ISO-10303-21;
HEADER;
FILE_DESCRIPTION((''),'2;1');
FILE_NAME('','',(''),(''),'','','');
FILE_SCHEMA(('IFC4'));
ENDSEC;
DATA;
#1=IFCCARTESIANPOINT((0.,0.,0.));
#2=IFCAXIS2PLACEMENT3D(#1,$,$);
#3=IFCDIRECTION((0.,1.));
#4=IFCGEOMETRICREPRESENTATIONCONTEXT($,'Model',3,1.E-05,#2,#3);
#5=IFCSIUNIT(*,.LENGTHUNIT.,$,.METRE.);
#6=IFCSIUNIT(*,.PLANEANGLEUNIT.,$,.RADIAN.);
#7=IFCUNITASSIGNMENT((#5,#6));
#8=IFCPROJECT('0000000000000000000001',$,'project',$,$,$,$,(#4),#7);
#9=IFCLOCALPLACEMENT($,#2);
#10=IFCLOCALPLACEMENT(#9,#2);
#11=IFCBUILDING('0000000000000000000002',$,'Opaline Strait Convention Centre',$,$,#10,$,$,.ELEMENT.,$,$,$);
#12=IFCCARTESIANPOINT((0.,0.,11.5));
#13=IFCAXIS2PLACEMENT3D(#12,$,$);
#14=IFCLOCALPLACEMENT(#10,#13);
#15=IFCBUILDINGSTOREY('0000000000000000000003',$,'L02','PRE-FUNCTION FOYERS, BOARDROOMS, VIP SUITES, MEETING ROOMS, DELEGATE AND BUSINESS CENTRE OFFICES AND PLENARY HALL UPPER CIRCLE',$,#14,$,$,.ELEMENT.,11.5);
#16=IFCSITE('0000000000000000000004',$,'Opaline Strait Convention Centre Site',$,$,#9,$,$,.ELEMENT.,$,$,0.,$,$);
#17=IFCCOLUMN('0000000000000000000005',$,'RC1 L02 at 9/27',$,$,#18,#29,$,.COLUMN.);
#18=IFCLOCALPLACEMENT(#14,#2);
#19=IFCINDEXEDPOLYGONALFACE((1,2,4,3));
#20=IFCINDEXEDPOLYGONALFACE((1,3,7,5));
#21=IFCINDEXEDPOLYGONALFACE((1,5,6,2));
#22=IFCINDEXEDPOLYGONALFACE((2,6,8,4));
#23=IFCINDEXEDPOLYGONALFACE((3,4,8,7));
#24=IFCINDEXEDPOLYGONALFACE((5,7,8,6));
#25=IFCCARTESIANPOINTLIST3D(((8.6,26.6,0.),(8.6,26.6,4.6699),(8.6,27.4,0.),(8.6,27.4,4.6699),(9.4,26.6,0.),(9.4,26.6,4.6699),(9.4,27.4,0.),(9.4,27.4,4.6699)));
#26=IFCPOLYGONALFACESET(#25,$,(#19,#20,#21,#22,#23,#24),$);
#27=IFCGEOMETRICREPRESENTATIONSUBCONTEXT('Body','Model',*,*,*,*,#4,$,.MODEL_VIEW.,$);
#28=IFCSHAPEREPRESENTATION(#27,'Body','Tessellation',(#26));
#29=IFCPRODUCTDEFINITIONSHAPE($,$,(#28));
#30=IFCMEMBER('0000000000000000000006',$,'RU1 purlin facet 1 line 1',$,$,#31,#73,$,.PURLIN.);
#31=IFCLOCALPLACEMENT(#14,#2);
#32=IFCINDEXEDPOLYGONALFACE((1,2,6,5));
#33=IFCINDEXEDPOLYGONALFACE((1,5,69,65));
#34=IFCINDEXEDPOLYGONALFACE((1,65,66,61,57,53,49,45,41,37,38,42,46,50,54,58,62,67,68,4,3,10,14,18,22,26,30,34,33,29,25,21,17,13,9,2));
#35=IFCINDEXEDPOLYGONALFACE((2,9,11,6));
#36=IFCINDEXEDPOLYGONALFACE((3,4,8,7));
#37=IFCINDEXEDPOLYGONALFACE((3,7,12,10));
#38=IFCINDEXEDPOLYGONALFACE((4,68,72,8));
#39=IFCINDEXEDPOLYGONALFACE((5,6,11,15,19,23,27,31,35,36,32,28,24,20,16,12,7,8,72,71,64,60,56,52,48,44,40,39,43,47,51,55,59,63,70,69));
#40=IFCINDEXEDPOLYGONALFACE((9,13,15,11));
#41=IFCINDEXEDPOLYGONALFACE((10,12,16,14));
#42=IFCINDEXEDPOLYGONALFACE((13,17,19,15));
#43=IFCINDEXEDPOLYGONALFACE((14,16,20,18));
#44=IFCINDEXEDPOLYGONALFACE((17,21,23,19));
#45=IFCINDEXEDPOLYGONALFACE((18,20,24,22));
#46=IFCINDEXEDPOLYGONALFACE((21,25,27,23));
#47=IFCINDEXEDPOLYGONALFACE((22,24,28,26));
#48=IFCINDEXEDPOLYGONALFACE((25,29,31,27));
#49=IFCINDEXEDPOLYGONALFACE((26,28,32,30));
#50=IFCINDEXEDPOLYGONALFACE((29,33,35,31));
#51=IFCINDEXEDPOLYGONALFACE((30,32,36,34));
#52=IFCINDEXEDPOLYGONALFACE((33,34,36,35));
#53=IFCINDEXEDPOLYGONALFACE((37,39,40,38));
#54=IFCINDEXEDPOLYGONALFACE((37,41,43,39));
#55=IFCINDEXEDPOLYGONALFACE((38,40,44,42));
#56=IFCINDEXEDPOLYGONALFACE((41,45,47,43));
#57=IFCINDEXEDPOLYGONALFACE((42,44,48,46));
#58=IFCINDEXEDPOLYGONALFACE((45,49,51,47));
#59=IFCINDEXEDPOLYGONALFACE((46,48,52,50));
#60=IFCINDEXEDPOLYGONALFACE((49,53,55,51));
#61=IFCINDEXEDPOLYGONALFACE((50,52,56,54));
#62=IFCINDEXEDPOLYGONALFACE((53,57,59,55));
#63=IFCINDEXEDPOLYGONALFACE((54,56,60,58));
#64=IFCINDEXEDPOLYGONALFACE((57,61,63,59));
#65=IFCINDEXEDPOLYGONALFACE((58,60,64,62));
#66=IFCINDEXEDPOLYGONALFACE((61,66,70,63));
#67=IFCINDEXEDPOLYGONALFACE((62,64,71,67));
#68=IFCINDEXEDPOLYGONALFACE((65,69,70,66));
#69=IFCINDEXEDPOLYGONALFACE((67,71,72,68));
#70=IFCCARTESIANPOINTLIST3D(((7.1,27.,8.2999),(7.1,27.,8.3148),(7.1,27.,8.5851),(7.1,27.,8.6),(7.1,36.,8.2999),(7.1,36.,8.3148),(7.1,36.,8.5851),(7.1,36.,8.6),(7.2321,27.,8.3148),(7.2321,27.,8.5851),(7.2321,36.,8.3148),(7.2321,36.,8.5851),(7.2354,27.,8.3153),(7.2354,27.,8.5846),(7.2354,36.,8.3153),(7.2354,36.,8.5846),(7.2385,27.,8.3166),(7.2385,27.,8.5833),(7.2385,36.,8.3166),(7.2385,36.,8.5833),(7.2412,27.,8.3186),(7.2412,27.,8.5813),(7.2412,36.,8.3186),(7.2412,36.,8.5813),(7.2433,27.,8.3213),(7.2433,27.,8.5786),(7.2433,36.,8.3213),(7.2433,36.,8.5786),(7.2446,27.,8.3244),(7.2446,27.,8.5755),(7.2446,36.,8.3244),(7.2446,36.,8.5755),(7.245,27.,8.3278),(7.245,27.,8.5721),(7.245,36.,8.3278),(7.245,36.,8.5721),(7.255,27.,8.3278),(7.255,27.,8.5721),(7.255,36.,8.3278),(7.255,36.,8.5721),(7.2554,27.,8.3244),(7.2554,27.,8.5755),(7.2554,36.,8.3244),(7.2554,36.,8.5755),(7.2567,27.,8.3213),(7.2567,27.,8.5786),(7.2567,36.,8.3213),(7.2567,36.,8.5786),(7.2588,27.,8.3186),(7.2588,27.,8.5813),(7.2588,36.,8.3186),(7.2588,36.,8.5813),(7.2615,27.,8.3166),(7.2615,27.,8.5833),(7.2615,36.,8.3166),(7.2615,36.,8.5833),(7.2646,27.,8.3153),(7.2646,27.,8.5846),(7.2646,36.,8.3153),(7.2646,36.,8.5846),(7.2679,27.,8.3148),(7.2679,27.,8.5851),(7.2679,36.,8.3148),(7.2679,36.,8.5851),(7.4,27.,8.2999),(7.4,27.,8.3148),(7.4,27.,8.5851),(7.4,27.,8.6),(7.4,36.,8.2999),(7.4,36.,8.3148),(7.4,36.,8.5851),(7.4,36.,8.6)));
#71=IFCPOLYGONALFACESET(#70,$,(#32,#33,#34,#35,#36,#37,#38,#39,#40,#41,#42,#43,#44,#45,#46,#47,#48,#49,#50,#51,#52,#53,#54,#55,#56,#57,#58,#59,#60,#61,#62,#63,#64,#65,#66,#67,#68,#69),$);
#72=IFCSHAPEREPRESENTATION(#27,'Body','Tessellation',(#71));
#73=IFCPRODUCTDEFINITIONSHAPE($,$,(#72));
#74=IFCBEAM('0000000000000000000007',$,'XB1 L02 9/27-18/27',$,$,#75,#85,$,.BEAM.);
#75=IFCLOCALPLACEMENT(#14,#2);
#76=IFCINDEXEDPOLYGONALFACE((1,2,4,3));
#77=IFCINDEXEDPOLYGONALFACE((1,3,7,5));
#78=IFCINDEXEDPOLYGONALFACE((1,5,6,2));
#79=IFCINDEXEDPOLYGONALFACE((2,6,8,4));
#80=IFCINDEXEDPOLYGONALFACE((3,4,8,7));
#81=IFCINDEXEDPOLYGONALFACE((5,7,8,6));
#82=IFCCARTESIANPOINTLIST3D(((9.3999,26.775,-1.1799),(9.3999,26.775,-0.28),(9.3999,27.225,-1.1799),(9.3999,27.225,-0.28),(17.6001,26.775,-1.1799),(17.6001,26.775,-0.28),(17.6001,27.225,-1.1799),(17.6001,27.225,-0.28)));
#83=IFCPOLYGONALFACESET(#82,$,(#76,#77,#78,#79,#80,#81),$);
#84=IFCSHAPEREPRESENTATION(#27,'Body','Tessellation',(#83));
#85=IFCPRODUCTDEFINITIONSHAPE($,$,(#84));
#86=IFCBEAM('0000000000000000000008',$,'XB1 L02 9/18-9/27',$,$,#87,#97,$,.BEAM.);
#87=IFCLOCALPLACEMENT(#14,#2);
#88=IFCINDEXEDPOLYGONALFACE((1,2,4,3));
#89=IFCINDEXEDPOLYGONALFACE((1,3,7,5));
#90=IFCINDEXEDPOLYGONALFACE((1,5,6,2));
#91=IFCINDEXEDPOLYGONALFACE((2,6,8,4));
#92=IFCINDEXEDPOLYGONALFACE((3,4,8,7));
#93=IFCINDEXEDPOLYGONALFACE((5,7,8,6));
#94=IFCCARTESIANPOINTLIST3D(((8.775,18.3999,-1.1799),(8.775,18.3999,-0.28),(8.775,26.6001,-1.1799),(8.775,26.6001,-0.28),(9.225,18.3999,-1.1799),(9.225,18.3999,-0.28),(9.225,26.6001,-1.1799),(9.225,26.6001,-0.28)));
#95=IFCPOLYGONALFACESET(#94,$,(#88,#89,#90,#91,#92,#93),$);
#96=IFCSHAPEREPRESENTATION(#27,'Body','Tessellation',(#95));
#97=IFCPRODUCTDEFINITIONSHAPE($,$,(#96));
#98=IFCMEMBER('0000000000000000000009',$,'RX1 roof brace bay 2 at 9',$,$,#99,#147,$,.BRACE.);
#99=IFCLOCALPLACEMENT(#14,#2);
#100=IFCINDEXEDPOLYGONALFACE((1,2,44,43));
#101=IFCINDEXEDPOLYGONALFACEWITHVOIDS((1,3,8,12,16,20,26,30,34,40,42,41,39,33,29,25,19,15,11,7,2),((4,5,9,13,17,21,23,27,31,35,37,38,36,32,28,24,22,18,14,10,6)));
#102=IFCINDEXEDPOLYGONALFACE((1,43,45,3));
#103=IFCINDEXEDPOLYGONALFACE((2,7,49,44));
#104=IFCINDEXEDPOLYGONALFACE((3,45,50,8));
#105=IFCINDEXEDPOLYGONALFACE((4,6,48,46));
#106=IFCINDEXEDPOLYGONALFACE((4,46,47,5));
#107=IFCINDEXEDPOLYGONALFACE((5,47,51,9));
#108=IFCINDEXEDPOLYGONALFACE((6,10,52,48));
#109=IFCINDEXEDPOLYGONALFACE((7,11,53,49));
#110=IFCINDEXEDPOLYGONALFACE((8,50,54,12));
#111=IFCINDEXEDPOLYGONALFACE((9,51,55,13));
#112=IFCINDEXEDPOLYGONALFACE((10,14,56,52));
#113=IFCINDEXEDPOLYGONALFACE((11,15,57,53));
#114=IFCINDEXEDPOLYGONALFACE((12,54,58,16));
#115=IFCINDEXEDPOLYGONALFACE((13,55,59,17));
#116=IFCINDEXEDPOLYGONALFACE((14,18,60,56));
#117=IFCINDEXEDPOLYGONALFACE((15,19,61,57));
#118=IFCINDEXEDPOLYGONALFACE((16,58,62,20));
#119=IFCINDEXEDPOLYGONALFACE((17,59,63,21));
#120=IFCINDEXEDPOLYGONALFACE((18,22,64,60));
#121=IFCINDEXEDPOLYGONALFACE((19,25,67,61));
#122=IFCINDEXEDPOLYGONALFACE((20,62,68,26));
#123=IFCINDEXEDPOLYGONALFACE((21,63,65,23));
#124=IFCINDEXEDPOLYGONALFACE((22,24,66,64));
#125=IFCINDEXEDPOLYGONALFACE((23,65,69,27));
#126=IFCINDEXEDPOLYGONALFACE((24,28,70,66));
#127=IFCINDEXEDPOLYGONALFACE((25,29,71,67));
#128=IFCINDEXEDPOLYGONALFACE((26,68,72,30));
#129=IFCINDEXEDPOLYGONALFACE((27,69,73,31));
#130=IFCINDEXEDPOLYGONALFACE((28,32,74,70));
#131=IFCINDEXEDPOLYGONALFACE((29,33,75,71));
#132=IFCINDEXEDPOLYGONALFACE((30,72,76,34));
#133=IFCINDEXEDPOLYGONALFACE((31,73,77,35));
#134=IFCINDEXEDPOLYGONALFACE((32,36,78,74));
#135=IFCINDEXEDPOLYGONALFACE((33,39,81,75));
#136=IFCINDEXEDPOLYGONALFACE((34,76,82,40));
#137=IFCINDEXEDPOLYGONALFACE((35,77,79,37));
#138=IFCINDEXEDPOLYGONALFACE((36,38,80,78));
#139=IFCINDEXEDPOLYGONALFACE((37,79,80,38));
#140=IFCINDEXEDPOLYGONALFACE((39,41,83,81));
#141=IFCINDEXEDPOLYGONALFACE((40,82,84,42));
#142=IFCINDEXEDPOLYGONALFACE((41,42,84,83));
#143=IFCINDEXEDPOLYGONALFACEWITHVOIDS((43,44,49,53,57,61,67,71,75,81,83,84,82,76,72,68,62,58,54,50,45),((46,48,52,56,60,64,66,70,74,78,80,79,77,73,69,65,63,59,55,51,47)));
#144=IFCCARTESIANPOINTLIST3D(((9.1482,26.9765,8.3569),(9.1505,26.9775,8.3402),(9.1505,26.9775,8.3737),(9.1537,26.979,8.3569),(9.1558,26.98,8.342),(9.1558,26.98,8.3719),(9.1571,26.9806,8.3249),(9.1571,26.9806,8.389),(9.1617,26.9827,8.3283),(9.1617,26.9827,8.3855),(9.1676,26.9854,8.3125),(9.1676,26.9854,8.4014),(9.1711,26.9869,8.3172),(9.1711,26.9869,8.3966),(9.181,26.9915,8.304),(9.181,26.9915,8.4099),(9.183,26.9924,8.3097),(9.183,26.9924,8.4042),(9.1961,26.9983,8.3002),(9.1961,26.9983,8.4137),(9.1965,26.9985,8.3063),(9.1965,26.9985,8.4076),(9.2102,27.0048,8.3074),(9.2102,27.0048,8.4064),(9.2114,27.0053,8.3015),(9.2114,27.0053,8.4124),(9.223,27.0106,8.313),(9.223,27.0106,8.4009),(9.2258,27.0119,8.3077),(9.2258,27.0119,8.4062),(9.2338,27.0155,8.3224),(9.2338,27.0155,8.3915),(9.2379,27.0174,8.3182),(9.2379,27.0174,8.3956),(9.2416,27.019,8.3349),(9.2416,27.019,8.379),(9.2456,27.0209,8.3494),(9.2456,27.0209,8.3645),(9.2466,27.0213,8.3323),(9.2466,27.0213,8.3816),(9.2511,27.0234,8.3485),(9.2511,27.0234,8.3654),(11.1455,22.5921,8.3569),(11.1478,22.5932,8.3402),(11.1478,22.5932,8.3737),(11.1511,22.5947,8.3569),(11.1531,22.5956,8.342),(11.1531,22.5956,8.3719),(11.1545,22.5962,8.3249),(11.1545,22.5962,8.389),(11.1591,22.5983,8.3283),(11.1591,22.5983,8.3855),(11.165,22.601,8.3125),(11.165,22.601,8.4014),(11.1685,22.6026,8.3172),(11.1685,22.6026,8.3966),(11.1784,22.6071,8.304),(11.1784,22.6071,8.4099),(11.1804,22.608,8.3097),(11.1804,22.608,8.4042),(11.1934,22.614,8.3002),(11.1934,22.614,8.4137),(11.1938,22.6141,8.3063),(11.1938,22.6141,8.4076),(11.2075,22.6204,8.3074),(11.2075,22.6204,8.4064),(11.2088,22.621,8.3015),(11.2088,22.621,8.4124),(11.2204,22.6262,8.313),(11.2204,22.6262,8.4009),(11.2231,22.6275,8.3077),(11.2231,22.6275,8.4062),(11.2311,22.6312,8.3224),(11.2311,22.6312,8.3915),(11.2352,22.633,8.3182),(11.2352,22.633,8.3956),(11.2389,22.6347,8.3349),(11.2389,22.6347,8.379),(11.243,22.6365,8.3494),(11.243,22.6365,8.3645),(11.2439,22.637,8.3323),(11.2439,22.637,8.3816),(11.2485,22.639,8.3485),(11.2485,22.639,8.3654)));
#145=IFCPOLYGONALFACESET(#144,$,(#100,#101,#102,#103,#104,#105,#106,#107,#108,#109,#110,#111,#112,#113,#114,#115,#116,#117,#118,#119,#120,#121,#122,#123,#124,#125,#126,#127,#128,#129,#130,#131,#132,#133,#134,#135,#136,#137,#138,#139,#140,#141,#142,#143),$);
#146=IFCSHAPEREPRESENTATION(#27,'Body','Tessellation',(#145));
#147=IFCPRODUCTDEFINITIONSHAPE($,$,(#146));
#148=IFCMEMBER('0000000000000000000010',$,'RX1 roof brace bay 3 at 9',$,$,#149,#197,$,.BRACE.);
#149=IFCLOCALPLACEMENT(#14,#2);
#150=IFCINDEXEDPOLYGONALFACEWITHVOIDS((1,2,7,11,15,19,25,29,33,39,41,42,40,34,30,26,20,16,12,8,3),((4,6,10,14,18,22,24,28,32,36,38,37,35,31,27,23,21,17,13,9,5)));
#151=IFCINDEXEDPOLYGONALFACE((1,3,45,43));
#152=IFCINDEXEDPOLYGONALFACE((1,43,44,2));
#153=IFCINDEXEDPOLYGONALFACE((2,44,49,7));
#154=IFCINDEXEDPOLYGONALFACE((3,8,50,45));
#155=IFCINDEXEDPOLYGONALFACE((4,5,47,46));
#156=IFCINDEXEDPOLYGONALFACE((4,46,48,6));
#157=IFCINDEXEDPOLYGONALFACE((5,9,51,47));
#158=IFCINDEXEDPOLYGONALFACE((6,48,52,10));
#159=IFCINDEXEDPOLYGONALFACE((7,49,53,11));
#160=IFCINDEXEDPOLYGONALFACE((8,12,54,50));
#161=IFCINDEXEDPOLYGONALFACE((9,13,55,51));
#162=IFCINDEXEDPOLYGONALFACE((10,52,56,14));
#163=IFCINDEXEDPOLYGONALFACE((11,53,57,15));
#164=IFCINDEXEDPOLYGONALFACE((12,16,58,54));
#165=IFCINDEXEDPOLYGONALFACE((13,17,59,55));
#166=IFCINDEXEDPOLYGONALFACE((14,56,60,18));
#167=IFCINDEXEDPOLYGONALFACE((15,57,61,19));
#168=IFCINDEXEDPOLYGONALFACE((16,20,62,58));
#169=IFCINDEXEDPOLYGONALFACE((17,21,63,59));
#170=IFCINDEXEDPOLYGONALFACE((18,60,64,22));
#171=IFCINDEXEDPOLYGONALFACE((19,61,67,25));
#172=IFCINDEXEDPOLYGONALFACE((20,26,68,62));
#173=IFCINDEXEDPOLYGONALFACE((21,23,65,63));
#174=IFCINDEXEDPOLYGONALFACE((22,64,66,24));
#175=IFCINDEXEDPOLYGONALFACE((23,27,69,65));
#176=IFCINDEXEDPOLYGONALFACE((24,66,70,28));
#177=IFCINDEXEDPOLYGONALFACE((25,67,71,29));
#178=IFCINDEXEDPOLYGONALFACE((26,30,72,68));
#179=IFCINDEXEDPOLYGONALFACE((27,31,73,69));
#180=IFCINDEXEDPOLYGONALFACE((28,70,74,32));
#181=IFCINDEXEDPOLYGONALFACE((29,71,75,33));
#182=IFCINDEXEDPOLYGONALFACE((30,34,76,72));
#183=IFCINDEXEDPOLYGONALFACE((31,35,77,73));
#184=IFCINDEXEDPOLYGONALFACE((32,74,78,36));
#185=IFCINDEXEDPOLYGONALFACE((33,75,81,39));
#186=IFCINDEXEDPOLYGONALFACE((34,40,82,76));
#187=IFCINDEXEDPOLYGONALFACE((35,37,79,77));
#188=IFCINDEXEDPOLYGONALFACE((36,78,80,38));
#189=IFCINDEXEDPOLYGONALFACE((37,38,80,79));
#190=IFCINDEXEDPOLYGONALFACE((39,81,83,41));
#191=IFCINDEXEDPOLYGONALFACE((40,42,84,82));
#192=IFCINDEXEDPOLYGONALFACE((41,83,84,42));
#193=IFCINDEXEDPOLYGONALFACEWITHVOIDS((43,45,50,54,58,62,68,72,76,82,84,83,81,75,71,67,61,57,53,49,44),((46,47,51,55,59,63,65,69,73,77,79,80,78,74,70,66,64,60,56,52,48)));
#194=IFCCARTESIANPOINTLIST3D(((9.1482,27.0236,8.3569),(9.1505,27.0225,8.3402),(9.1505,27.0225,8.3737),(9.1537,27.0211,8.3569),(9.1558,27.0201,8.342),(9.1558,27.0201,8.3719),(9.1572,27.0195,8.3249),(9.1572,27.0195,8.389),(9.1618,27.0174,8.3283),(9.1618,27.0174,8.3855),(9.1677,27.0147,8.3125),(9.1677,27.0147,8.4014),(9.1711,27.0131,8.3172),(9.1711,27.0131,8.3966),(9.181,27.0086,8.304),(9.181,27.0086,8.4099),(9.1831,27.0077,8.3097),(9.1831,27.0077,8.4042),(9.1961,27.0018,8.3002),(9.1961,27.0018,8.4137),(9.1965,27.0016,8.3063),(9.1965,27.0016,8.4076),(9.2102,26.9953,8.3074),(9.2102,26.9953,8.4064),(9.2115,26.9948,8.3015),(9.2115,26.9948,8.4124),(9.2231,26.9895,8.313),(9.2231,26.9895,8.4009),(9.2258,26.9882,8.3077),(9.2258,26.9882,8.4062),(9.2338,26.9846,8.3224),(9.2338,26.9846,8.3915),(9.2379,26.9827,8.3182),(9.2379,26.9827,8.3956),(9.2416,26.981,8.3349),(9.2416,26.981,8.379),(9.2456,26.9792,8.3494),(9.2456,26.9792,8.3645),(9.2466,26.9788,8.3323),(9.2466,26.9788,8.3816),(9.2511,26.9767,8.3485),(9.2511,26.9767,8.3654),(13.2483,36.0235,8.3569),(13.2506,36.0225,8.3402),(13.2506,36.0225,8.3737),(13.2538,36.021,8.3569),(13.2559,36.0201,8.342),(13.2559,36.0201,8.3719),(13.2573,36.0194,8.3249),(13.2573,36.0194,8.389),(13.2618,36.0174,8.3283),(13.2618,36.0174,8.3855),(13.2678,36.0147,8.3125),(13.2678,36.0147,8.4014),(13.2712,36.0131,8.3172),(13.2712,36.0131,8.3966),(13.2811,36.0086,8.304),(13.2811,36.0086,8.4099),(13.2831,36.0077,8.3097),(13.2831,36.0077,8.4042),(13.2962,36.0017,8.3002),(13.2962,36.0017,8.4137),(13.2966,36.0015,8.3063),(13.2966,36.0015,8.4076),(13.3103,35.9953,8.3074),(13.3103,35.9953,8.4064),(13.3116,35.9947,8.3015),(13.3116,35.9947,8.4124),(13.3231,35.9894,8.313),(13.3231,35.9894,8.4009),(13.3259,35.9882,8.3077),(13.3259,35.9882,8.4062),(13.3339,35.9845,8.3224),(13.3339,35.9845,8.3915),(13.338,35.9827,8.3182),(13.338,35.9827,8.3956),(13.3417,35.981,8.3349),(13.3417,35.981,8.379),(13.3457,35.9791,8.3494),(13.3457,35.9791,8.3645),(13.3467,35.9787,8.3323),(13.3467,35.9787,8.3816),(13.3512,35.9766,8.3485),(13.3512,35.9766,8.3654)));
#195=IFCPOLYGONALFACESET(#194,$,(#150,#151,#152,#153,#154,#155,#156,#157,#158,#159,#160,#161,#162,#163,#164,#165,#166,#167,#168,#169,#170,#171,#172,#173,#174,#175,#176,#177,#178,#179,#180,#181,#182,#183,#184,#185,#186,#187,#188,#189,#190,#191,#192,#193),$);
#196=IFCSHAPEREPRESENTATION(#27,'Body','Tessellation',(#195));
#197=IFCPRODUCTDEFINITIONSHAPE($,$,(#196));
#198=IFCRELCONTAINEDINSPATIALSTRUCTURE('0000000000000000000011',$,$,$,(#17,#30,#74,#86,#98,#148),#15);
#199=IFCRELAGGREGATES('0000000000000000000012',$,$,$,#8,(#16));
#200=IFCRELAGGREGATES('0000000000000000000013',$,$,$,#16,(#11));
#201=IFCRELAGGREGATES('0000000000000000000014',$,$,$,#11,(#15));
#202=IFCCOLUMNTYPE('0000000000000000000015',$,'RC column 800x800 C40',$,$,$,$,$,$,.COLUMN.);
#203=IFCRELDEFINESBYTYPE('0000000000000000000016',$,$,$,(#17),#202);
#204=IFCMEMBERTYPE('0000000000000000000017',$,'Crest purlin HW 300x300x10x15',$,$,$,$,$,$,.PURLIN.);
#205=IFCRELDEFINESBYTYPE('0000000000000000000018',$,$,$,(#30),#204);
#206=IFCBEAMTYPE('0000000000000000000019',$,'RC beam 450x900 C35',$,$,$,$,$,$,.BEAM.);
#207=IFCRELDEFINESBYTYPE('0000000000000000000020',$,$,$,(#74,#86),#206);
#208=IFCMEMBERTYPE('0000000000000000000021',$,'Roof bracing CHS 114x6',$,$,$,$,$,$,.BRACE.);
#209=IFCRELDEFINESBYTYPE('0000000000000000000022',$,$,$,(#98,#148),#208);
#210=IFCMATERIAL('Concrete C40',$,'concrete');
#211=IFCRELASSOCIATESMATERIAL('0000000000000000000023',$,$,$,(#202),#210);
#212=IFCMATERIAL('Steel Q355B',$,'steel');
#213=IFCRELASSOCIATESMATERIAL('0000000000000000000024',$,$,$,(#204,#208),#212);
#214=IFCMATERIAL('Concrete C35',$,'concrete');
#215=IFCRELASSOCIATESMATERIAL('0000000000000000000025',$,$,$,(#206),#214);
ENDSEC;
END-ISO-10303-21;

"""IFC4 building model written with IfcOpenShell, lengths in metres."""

from ifc_helpers import new_model, si_unit, direction, frame, origin, origin_2d, place, context, subcontext, project, spatial, rectangle, hollow_circle, i_section, extrude, material, material_profile, profile_set, type_object, element, save


model = new_model("IFC4")

# Units and contexts
model_context = context("Model", 3, precision=1e-05, world=origin(), true_north=direction((0.0, 1.0)))
body_context = subcontext(model_context, "Body", "Model", "MODEL_VIEW")
ifc_project = project(units=[si_unit("LENGTHUNIT", "METRE"), si_unit("PLANEANGLEUNIT", "RADIAN")], contexts=[model_context])

# Site, building, storey
site_placement = place(None, origin())
site = spatial("IfcSite", under=ifc_project, at=site_placement, Name="Opaline Strait Convention Centre Site", CompositionType="ELEMENT", RefElevation=0.0)
building_placement = place(site_placement, origin())
building = spatial("IfcBuilding", under=site, at=building_placement, Name="Opaline Strait Convention Centre", CompositionType="ELEMENT")
storey_placement = place(building_placement, frame((0.0, 0.0, 11.5)))
storey = spatial("IfcBuildingStorey", under=building, at=storey_placement, Name="L02", Description="PRE-FUNCTION FOYERS, BOARDROOMS, VIP SUITES, MEETING ROOMS, DELEGATE AND BUSINESS CENTRE OFFICES AND PLENARY HALL UPPER CIRCLE", CompositionType="ELEMENT", Elevation=11.5)

# Column
ifc_material_1 = material(Name="Concrete C40", Category="concrete")
ifc_material_profile_1 = material_profile(ifc_material_1, rectangle(XDim=0.8, YDim=0.8, at=origin_2d()), Name="RC 800x800")
ifc_profile_set_1 = profile_set([ifc_material_profile_1], Name="Concrete C40")
column_type = type_object("IfcColumnType", Name="RC column 800x800 C40", PredefinedType="COLUMN", material=ifc_profile_set_1)
column_placement = place(storey_placement, frame((9.0, 27.0, 0.0), z_axis=(0.0, 0.0, 1.0), x_axis=(1.0, 0.0, 0.0)))
element("IfcColumn", 1, at=column_placement, inside=storey, type_object=column_type, Name="RC1 L02 at 9/27", PredefinedType="COLUMN", context=body_context, shape_type="SweptSolid", body=[
    extrude(rectangle(XDim=0.8, YDim=0.8, at=origin_2d()), origin(), (0.0, 0.0, 1.0), 4.6699),
])

# Member
ifc_material_2 = material(Name="Steel Q355B", Category="steel")
ifc_material_profile_2 = material_profile(ifc_material_2, i_section(OverallWidth=0.3, OverallDepth=0.3, WebThickness=0.01, FlangeThickness=0.0149, FilletRadius=0.0129, at=origin_2d()), Name="HW 300x300x10x15")
ifc_profile_set_2 = profile_set([ifc_material_profile_2], Name="Steel Q355B")
member_type_1 = type_object("IfcMemberType", Name="Crest purlin HW 300x300x10x15", PredefinedType="PURLIN", material=ifc_profile_set_2)
member_1_placement = place(storey_placement, frame((7.25, 27.0, 8.45), z_axis=(0.0, 1.0, 0.0), x_axis=(-1.0, 0.0, 0.0)))
element("IfcMember", 2, at=member_1_placement, inside=storey, type_object=member_type_1, Name="RU1 purlin facet 1 line 1", PredefinedType="PURLIN", context=body_context, shape_type="SweptSolid", body=[
    extrude(i_section(OverallWidth=0.3, OverallDepth=0.3, WebThickness=0.01, FlangeThickness=0.0149, FilletRadius=0.0129, at=origin_2d()), origin(), (0.0, 0.0, 1.0), 9.0),
])

# Beams
ifc_material_3 = material(Name="Concrete C35", Category="concrete")
ifc_material_profile_3 = material_profile(ifc_material_3, rectangle(XDim=0.45, YDim=0.8999, at=origin_2d()), Name="RC 450x900")
ifc_profile_set_3 = profile_set([ifc_material_profile_3], Name="Concrete C35")
beam_type = type_object("IfcBeamType", Name="RC beam 450x900 C35", PredefinedType="BEAM", material=ifc_profile_set_3)
for number, where, z_axis, x_axis, name in (
    (3, (9.3999, 27.0, -0.73), (1.0, 0.0, 0.0), (0.0, 1.0, 0.0), "XB1 L02 9/27-18/27"),
    (4, (9.0, 18.3999, -0.73), (0.0, 1.0, 0.0), (-1.0, 0.0, 0.0), "XB1 L02 9/18-9/27"),
):
    element("IfcBeam", number, at=place(storey_placement, frame(where, z_axis=z_axis, x_axis=x_axis)), inside=storey, type_object=beam_type, Name=name, PredefinedType="BEAM", context=body_context, shape_type="SweptSolid", body=[
        extrude(rectangle(XDim=0.45, YDim=0.8999, at=origin_2d()), origin(), (0.0, 0.0, 1.0), 8.2002),
    ])

# Members
ifc_material_profile_4 = material_profile(ifc_material_2, hollow_circle(Radius=0.0569, WallThickness=0.0061, at=origin_2d()), Name="CHS 114x6")
ifc_profile_set_4 = profile_set([ifc_material_profile_4], Name="Steel Q355B")
member_type_2 = type_object("IfcMemberType", Name="Roof bracing CHS 114x6", PredefinedType="BRACE", material=ifc_profile_set_4)
member_2_placement = place(storey_placement, frame((11.1973, 22.6157, 8.3569), z_axis=(-0.41457, 0.910017, 0.0), x_axis=(-0.910017, -0.41457, 0.0)))
element("IfcMember", 5, at=member_2_placement, inside=storey, type_object=member_type_2, Name="RX1 roof brace bay 2 at 9", PredefinedType="BRACE", context=body_context, shape_type="SweptSolid", body=[
    extrude(hollow_circle(Radius=0.0569, WallThickness=0.0061, at=origin_2d()), origin(), (0.0, 0.0, 1.0), 4.8179),
])
member_3_placement = place(storey_placement, frame((9.2, 27.0, 8.3569), z_axis=(0.414573, 0.910016, 0.0), x_axis=(-0.910016, 0.414573, 0.0)))
element("IfcMember", 6, at=member_3_placement, inside=storey, type_object=member_type_2, Name="RX1 roof brace bay 3 at 9", PredefinedType="BRACE", context=body_context, shape_type="SweptSolid", body=[
    extrude(hollow_circle(Radius=0.0569, WallThickness=0.0061, at=origin_2d()), origin(), (0.0, 0.0, 1.0), 9.8899),
])

save(model, "model.ifc")
